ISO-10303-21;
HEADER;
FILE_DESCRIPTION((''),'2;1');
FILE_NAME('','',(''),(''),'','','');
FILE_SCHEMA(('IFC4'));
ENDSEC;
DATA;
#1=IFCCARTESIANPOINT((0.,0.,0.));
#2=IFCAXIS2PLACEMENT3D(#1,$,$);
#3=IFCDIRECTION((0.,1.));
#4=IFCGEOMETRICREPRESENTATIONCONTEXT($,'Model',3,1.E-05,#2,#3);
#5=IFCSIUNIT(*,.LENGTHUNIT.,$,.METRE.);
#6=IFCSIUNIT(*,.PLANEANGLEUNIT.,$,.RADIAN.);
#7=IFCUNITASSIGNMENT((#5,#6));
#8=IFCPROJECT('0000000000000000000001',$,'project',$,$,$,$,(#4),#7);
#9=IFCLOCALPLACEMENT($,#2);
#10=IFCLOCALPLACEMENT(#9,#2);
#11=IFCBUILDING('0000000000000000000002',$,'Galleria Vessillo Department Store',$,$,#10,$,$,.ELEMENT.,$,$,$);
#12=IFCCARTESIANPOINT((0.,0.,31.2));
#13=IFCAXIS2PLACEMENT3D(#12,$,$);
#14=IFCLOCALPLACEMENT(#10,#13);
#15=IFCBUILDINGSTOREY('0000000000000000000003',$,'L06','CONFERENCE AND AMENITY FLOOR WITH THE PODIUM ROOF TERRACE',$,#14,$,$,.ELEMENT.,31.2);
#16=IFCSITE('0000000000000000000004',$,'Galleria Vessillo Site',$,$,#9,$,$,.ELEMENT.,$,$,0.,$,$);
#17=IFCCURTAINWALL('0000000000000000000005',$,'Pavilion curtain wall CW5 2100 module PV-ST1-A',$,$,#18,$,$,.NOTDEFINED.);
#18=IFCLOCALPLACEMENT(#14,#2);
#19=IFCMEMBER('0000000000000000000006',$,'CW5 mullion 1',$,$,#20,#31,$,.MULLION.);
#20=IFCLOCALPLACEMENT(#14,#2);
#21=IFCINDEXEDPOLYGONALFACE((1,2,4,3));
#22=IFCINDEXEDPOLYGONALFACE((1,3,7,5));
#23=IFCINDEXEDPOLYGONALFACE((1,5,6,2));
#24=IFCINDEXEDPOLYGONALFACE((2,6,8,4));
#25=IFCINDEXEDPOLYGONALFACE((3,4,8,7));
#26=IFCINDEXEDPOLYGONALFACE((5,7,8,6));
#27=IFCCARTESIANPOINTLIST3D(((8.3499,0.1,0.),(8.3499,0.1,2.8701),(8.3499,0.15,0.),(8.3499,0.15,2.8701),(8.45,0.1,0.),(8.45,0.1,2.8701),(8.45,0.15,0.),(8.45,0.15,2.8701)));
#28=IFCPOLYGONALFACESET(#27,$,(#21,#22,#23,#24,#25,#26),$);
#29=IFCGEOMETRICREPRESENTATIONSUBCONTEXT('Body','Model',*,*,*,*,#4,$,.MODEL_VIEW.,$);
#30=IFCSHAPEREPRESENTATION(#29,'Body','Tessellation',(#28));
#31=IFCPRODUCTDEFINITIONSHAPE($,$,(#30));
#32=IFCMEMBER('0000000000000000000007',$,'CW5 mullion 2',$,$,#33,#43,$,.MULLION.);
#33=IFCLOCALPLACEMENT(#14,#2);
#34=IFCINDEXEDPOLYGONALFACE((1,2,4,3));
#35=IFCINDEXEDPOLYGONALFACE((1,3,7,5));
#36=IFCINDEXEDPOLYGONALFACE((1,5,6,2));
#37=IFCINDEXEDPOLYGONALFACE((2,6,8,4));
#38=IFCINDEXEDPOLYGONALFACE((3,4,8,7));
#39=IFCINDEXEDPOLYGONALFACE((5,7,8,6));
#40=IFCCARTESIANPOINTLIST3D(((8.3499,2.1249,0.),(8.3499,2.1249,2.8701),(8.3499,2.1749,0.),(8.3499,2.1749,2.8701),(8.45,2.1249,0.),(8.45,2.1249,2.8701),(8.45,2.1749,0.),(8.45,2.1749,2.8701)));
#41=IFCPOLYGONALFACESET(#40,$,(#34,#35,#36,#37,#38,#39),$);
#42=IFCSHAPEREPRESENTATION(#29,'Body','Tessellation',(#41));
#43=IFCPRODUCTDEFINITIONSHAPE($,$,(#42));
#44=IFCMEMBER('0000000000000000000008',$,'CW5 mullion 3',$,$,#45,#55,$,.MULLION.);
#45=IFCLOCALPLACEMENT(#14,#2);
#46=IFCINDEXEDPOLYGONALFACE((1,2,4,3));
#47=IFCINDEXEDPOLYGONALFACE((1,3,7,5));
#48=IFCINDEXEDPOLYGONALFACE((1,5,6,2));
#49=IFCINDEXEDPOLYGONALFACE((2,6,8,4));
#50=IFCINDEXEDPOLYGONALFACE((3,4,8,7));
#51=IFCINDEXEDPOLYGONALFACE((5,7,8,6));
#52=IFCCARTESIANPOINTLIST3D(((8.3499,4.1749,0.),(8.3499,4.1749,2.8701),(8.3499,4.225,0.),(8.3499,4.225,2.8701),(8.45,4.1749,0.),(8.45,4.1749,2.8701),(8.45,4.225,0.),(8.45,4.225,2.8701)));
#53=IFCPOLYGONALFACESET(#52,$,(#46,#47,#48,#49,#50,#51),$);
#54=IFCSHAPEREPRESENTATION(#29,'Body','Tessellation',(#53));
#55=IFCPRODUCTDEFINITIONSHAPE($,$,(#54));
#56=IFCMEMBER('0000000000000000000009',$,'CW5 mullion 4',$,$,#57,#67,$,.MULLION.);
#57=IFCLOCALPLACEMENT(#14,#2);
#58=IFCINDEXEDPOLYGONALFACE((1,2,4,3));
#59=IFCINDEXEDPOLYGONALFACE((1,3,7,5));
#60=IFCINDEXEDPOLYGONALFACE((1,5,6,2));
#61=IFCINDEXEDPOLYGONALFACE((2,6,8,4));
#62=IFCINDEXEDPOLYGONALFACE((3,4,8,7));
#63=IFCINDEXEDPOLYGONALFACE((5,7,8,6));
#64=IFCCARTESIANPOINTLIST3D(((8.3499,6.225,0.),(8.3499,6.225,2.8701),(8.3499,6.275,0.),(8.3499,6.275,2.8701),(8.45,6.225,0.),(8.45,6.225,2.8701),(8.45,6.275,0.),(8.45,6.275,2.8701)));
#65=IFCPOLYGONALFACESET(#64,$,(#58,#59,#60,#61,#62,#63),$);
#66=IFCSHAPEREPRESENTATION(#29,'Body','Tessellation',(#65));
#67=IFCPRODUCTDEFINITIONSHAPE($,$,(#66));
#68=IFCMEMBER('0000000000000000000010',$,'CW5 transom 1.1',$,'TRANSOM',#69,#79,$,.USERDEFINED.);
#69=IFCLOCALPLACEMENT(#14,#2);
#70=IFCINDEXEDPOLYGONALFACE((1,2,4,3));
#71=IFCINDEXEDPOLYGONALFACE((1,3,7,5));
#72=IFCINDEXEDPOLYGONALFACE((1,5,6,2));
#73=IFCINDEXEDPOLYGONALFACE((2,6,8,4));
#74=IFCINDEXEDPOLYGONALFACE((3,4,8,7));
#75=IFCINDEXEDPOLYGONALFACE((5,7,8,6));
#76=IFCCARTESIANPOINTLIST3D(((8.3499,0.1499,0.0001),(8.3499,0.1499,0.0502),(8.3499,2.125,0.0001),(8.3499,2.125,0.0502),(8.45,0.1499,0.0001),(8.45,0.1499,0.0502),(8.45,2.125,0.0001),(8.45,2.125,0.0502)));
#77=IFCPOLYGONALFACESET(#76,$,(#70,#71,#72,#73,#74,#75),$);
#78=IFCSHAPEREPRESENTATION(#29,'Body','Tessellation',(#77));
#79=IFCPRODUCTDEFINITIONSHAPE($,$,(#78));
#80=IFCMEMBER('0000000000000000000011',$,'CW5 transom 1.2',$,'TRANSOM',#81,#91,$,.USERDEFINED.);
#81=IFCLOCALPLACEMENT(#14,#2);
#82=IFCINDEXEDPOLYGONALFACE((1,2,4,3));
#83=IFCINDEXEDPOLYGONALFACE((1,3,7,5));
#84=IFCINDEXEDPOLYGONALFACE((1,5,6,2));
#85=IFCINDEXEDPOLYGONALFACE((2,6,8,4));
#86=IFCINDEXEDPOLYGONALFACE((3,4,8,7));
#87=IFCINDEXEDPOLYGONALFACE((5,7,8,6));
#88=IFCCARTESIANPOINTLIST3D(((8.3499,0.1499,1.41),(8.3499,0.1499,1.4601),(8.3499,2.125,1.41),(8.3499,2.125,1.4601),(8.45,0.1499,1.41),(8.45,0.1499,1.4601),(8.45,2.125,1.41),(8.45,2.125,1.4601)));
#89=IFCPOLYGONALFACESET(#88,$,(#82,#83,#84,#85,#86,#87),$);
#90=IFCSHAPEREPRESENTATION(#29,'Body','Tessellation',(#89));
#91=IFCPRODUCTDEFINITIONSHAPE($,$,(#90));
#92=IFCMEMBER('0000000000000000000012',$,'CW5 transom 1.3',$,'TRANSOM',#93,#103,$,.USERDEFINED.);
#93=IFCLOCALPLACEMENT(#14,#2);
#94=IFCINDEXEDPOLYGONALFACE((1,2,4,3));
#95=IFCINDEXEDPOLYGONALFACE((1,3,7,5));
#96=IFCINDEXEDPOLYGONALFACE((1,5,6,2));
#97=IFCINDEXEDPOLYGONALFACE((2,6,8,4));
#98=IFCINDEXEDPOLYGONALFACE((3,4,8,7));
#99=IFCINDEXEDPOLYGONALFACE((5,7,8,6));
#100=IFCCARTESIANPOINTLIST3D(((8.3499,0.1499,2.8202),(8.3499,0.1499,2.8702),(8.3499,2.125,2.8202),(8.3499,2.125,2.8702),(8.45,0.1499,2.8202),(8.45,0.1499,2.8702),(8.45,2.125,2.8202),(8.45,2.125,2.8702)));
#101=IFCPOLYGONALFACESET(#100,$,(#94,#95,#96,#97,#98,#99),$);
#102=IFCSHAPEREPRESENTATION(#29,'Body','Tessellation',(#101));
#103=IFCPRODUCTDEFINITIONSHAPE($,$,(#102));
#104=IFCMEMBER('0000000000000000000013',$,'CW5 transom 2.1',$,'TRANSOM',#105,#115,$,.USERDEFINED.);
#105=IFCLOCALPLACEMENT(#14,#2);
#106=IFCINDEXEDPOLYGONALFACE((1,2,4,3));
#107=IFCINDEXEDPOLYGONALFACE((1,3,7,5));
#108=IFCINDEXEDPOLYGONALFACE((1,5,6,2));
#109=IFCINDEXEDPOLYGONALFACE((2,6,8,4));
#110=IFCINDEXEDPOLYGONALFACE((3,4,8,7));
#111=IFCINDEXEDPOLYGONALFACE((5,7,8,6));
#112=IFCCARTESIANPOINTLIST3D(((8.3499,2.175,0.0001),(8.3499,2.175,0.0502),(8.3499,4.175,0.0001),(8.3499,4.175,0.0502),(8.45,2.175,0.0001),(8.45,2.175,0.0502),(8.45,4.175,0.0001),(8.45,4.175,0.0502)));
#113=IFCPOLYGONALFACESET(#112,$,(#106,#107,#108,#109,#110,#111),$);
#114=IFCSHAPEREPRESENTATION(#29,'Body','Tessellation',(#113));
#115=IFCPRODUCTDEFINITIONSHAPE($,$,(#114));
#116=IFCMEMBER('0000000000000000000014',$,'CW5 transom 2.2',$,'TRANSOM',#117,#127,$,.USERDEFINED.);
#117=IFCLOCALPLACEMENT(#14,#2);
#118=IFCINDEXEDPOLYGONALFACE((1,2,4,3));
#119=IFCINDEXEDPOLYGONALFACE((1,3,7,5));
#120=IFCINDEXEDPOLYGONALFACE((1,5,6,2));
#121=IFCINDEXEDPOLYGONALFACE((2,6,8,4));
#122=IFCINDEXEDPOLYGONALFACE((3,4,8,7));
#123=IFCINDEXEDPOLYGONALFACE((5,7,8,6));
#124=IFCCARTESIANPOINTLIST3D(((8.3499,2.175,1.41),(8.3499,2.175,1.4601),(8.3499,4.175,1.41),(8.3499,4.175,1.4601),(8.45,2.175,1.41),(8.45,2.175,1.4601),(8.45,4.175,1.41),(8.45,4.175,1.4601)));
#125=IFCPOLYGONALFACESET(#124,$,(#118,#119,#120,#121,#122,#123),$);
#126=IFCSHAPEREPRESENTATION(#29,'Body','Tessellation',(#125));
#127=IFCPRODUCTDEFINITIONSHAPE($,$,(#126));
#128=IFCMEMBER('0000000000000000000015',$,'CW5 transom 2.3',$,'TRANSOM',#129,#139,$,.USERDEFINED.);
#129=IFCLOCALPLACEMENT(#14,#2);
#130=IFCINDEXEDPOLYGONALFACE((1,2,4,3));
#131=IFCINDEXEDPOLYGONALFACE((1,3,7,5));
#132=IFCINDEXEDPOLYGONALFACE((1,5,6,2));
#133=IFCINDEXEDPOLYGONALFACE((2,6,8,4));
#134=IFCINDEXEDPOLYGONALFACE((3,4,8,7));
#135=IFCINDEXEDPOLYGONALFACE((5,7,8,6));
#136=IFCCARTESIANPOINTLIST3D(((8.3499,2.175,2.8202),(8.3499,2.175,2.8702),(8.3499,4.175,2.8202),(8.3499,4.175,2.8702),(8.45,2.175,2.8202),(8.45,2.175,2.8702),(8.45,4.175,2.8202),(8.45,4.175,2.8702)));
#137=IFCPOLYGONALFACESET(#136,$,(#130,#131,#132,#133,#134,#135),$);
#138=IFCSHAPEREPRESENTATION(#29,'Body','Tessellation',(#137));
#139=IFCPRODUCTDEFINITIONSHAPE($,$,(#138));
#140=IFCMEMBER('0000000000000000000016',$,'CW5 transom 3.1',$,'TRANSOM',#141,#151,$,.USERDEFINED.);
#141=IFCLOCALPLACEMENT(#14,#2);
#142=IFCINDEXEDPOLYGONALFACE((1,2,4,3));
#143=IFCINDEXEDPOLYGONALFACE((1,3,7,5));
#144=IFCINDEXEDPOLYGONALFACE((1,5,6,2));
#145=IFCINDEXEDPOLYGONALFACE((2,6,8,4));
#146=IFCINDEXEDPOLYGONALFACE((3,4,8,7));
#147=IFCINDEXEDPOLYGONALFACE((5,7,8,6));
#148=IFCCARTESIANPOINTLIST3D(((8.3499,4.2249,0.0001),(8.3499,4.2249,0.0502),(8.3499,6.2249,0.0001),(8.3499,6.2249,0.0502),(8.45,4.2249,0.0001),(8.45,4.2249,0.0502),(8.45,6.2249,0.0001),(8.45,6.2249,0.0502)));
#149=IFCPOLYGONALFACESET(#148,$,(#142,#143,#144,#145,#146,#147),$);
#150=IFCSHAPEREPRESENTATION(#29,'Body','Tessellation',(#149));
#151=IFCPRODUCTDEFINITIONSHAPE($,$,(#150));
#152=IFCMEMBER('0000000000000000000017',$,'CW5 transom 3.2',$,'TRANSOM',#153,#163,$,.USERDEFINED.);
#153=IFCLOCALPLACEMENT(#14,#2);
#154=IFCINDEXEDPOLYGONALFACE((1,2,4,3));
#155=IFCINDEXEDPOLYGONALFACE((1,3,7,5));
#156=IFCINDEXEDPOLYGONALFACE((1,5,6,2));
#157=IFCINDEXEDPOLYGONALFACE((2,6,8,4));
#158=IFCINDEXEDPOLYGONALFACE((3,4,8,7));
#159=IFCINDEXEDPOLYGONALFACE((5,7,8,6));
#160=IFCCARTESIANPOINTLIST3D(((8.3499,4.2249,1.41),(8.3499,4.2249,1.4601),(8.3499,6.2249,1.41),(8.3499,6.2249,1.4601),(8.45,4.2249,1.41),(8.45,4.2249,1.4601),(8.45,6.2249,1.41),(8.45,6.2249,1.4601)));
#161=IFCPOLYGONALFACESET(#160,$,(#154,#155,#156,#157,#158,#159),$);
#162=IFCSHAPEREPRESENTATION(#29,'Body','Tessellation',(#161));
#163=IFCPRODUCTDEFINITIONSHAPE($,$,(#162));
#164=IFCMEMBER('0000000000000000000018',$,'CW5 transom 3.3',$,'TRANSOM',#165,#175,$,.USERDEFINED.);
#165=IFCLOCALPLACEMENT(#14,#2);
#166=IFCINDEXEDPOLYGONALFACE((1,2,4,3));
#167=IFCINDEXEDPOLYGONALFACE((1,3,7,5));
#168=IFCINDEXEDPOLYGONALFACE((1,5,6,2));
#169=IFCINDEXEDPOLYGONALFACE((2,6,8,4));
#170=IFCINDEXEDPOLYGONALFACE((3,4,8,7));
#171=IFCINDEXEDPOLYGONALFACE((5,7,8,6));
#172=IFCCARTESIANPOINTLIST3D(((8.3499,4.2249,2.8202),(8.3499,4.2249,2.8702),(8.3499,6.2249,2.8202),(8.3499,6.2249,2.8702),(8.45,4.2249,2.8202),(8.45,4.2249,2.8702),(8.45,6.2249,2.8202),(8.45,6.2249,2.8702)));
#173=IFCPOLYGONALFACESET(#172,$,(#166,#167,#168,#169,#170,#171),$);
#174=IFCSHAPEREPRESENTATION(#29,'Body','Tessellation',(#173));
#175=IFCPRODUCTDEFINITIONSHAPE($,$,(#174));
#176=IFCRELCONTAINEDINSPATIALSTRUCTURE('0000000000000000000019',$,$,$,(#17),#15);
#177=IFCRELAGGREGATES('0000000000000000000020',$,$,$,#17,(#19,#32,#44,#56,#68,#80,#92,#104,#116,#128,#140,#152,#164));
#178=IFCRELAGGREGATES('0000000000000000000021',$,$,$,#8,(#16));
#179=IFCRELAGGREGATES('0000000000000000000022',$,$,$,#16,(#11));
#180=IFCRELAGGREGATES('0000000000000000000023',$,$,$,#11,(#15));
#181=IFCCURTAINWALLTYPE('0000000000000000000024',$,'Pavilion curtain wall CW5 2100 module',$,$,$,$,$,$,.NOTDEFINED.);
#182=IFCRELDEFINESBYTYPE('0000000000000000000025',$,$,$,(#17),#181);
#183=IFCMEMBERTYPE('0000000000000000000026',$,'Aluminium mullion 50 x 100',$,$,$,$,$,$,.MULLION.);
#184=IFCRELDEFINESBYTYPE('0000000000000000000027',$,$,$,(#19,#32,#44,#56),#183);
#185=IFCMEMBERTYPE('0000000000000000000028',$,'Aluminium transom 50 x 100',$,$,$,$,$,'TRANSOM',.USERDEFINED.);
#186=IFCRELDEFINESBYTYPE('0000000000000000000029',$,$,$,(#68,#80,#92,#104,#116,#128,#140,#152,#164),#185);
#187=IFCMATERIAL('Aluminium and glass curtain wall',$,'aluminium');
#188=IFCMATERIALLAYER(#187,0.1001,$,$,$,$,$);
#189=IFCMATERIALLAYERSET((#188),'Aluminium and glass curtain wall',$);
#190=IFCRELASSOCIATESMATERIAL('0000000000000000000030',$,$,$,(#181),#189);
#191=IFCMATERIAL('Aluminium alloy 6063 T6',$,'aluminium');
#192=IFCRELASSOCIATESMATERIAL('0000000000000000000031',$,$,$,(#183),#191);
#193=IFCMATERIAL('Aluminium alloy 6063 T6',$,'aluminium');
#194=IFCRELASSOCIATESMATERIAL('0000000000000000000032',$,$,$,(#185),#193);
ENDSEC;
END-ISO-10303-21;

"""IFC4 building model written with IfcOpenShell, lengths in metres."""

from ifc_helpers import new_model, si_unit, direction, frame, origin, origin_2d, place, context, subcontext, project, spatial, rectangle, extrude, material, layer, layer_set, material_profile, profile_set, type_object, element, aggregate, save


model = new_model("IFC4")

# Units and contexts
model_context = context("Model", 3, precision=1e-05, world=origin(), true_north=direction((0.0, 1.0)))
body_context = subcontext(model_context, "Body", "Model", "MODEL_VIEW")
ifc_project = project(units=[si_unit("LENGTHUNIT", "METRE"), si_unit("PLANEANGLEUNIT", "RADIAN")], contexts=[model_context])

# Site, building, storey
site_placement = place(None, origin())
site = spatial("IfcSite", under=ifc_project, at=site_placement, Name="Galleria Vessillo Site", CompositionType="ELEMENT", RefElevation=0.0)
building_placement = place(site_placement, origin())
building = spatial("IfcBuilding", under=site, at=building_placement, Name="Galleria Vessillo Department Store", CompositionType="ELEMENT")
storey_placement = place(building_placement, frame((0.0, 0.0, 31.2)))
storey = spatial("IfcBuildingStorey", under=building, at=storey_placement, Name="L06", Description="CONFERENCE AND AMENITY FLOOR WITH THE PODIUM ROOF TERRACE", CompositionType="ELEMENT", Elevation=31.2)

# Curtain wall, members
ifc_material_1 = material(Name="Aluminium and glass curtain wall", Category="aluminium")
ifc_layer_1 = layer(ifc_material_1, 0.1001)
ifc_layer_set_1 = layer_set([ifc_layer_1], Name="Aluminium and glass curtain wall")
curtain_wall_type = type_object("IfcCurtainWallType", Name="Pavilion curtain wall CW5 2100 module", PredefinedType="NOTDEFINED", material=ifc_layer_set_1)
curtain_wall_placement = place(storey_placement, origin())
curtain_wall = element("IfcCurtainWall", 1, at=curtain_wall_placement, inside=storey, type_object=curtain_wall_type, Name="Pavilion curtain wall CW5 2100 module PV-ST1-A", PredefinedType="NOTDEFINED")
ifc_material_2 = material(Name="Aluminium alloy 6063 T6", Category="aluminium")
ifc_material_profile_1 = material_profile(ifc_material_2, rectangle(XDim=0.1001, YDim=0.05, at=origin_2d()), Name="AL 50x100")
ifc_profile_set_1 = profile_set([ifc_material_profile_1], Name="Aluminium alloy 6063 T6")
member_type_1 = type_object("IfcMemberType", Name="Aluminium mullion 50 x 100", PredefinedType="MULLION", material=ifc_profile_set_1)
member_1_placement = place(storey_placement, frame((8.3999, 0.125, 0.0), z_axis=(0.0, 0.0, 1.0), x_axis=(-1.0, 0.0, 0.0)))
member_1 = element("IfcMember", 2, at=member_1_placement, type_object=member_type_1, Name="CW5 mullion 1", PredefinedType="MULLION", context=body_context, shape_type="SweptSolid", body=[
    extrude(rectangle(XDim=0.1001, YDim=0.05, at=origin_2d()), origin(), (0.0, 0.0, 1.0), 2.8701),
])
member_2_placement = place(storey_placement, frame((8.3999, 2.1499, 0.0), z_axis=(0.0, 0.0, 1.0), x_axis=(-1.0, 0.0, 0.0)))
member_2 = element("IfcMember", 3, at=member_2_placement, type_object=member_type_1, Name="CW5 mullion 2", PredefinedType="MULLION", context=body_context, shape_type="SweptSolid", body=[
    extrude(rectangle(XDim=0.1001, YDim=0.05, at=origin_2d()), origin(), (0.0, 0.0, 1.0), 2.8701),
])
member_3_placement = place(storey_placement, frame((8.3999, 4.2, 0.0), z_axis=(0.0, 0.0, 1.0), x_axis=(-1.0, 0.0, 0.0)))
member_3 = element("IfcMember", 4, at=member_3_placement, type_object=member_type_1, Name="CW5 mullion 3", PredefinedType="MULLION", context=body_context, shape_type="SweptSolid", body=[
    extrude(rectangle(XDim=0.1001, YDim=0.05, at=origin_2d()), origin(), (0.0, 0.0, 1.0), 2.8701),
])
member_4_placement = place(storey_placement, frame((8.3999, 6.25, 0.0), z_axis=(0.0, 0.0, 1.0), x_axis=(-1.0, 0.0, 0.0)))
member_4 = element("IfcMember", 5, at=member_4_placement, type_object=member_type_1, Name="CW5 mullion 4", PredefinedType="MULLION", context=body_context, shape_type="SweptSolid", body=[
    extrude(rectangle(XDim=0.1001, YDim=0.05, at=origin_2d()), origin(), (0.0, 0.0, 1.0), 2.8701),
])
ifc_material_3 = material(Name="Aluminium alloy 6063 T6", Category="aluminium")
ifc_material_profile_2 = material_profile(ifc_material_3, rectangle(XDim=0.1001, YDim=0.05, at=origin_2d()), Name="AL 50x100")
ifc_profile_set_2 = profile_set([ifc_material_profile_2], Name="Aluminium alloy 6063 T6")
member_type_2 = type_object("IfcMemberType", Name="Aluminium transom 50 x 100", ElementType="TRANSOM", PredefinedType="USERDEFINED", material=ifc_profile_set_2)
member_5_placement = place(storey_placement, frame((8.3999, 0.1499, 0.0251), z_axis=(0.0, 1.0, 0.0), x_axis=(-1.0, 0.0, 0.0)))
member_5 = element("IfcMember", 6, at=member_5_placement, type_object=member_type_2, Name="CW5 transom 1.1", ObjectType="TRANSOM", PredefinedType="USERDEFINED", context=body_context, shape_type="SweptSolid", body=[
    extrude(rectangle(XDim=0.1001, YDim=0.05, at=origin_2d()), origin(), (0.0, 0.0, 1.0), 1.9751),
])
member_6_placement = place(storey_placement, frame((8.3999, 0.1499, 1.4351), z_axis=(0.0, 1.0, 0.0), x_axis=(-1.0, 0.0, 0.0)))
member_6 = element("IfcMember", 7, at=member_6_placement, type_object=member_type_2, Name="CW5 transom 1.2", ObjectType="TRANSOM", PredefinedType="USERDEFINED", context=body_context, shape_type="SweptSolid", body=[
    extrude(rectangle(XDim=0.1001, YDim=0.05, at=origin_2d()), origin(), (0.0, 0.0, 1.0), 1.9751),
])
member_7_placement = place(storey_placement, frame((8.3999, 0.1499, 2.8452), z_axis=(0.0, 1.0, 0.0), x_axis=(-1.0, 0.0, 0.0)))
member_7 = element("IfcMember", 8, at=member_7_placement, type_object=member_type_2, Name="CW5 transom 1.3", ObjectType="TRANSOM", PredefinedType="USERDEFINED", context=body_context, shape_type="SweptSolid", body=[
    extrude(rectangle(XDim=0.1001, YDim=0.05, at=origin_2d()), origin(), (0.0, 0.0, 1.0), 1.9751),
])
member_8_placement = place(storey_placement, frame((8.3999, 2.175, 0.0251), z_axis=(0.0, 1.0, 0.0), x_axis=(-1.0, 0.0, 0.0)))
member_8 = element("IfcMember", 9, at=member_8_placement, type_object=member_type_2, Name="CW5 transom 2.1", ObjectType="TRANSOM", PredefinedType="USERDEFINED", context=body_context, shape_type="SweptSolid", body=[
    extrude(rectangle(XDim=0.1001, YDim=0.05, at=origin_2d()), origin(), (0.0, 0.0, 1.0), 2.0),
])
member_9_placement = place(storey_placement, frame((8.3999, 2.175, 1.4351), z_axis=(0.0, 1.0, 0.0), x_axis=(-1.0, 0.0, 0.0)))
member_9 = element("IfcMember", 10, at=member_9_placement, type_object=member_type_2, Name="CW5 transom 2.2", ObjectType="TRANSOM", PredefinedType="USERDEFINED", context=body_context, shape_type="SweptSolid", body=[
    extrude(rectangle(XDim=0.1001, YDim=0.05, at=origin_2d()), origin(), (0.0, 0.0, 1.0), 2.0),
])
member_10_placement = place(storey_placement, frame((8.3999, 2.175, 2.8452), z_axis=(0.0, 1.0, 0.0), x_axis=(-1.0, 0.0, 0.0)))
member_10 = element("IfcMember", 11, at=member_10_placement, type_object=member_type_2, Name="CW5 transom 2.3", ObjectType="TRANSOM", PredefinedType="USERDEFINED", context=body_context, shape_type="SweptSolid", body=[
    extrude(rectangle(XDim=0.1001, YDim=0.05, at=origin_2d()), origin(), (0.0, 0.0, 1.0), 2.0),
])
member_11_placement = place(storey_placement, frame((8.3999, 4.2249, 0.0251), z_axis=(0.0, 1.0, 0.0), x_axis=(-1.0, 0.0, 0.0)))
member_11 = element("IfcMember", 12, at=member_11_placement, type_object=member_type_2, Name="CW5 transom 3.1", ObjectType="TRANSOM", PredefinedType="USERDEFINED", context=body_context, shape_type="SweptSolid", body=[
    extrude(rectangle(XDim=0.1001, YDim=0.05, at=origin_2d()), origin(), (0.0, 0.0, 1.0), 2.0),
])
member_12_placement = place(storey_placement, frame((8.3999, 4.2249, 1.4351), z_axis=(0.0, 1.0, 0.0), x_axis=(-1.0, 0.0, 0.0)))
member_12 = element("IfcMember", 13, at=member_12_placement, type_object=member_type_2, Name="CW5 transom 3.2", ObjectType="TRANSOM", PredefinedType="USERDEFINED", context=body_context, shape_type="SweptSolid", body=[
    extrude(rectangle(XDim=0.1001, YDim=0.05, at=origin_2d()), origin(), (0.0, 0.0, 1.0), 2.0),
])
member_13_placement = place(storey_placement, frame((8.3999, 4.2249, 2.8452), z_axis=(0.0, 1.0, 0.0), x_axis=(-1.0, 0.0, 0.0)))
member_13 = element("IfcMember", 14, at=member_13_placement, type_object=member_type_2, Name="CW5 transom 3.3", ObjectType="TRANSOM", PredefinedType="USERDEFINED", context=body_context, shape_type="SweptSolid", body=[
    extrude(rectangle(XDim=0.1001, YDim=0.05, at=origin_2d()), origin(), (0.0, 0.0, 1.0), 2.0),
])

aggregate(curtain_wall, [member_1, member_2, member_3, member_4, member_5, member_6, member_7, member_8, member_9, member_10, member_11, member_12, member_13])

save(model, "model.ifc")
